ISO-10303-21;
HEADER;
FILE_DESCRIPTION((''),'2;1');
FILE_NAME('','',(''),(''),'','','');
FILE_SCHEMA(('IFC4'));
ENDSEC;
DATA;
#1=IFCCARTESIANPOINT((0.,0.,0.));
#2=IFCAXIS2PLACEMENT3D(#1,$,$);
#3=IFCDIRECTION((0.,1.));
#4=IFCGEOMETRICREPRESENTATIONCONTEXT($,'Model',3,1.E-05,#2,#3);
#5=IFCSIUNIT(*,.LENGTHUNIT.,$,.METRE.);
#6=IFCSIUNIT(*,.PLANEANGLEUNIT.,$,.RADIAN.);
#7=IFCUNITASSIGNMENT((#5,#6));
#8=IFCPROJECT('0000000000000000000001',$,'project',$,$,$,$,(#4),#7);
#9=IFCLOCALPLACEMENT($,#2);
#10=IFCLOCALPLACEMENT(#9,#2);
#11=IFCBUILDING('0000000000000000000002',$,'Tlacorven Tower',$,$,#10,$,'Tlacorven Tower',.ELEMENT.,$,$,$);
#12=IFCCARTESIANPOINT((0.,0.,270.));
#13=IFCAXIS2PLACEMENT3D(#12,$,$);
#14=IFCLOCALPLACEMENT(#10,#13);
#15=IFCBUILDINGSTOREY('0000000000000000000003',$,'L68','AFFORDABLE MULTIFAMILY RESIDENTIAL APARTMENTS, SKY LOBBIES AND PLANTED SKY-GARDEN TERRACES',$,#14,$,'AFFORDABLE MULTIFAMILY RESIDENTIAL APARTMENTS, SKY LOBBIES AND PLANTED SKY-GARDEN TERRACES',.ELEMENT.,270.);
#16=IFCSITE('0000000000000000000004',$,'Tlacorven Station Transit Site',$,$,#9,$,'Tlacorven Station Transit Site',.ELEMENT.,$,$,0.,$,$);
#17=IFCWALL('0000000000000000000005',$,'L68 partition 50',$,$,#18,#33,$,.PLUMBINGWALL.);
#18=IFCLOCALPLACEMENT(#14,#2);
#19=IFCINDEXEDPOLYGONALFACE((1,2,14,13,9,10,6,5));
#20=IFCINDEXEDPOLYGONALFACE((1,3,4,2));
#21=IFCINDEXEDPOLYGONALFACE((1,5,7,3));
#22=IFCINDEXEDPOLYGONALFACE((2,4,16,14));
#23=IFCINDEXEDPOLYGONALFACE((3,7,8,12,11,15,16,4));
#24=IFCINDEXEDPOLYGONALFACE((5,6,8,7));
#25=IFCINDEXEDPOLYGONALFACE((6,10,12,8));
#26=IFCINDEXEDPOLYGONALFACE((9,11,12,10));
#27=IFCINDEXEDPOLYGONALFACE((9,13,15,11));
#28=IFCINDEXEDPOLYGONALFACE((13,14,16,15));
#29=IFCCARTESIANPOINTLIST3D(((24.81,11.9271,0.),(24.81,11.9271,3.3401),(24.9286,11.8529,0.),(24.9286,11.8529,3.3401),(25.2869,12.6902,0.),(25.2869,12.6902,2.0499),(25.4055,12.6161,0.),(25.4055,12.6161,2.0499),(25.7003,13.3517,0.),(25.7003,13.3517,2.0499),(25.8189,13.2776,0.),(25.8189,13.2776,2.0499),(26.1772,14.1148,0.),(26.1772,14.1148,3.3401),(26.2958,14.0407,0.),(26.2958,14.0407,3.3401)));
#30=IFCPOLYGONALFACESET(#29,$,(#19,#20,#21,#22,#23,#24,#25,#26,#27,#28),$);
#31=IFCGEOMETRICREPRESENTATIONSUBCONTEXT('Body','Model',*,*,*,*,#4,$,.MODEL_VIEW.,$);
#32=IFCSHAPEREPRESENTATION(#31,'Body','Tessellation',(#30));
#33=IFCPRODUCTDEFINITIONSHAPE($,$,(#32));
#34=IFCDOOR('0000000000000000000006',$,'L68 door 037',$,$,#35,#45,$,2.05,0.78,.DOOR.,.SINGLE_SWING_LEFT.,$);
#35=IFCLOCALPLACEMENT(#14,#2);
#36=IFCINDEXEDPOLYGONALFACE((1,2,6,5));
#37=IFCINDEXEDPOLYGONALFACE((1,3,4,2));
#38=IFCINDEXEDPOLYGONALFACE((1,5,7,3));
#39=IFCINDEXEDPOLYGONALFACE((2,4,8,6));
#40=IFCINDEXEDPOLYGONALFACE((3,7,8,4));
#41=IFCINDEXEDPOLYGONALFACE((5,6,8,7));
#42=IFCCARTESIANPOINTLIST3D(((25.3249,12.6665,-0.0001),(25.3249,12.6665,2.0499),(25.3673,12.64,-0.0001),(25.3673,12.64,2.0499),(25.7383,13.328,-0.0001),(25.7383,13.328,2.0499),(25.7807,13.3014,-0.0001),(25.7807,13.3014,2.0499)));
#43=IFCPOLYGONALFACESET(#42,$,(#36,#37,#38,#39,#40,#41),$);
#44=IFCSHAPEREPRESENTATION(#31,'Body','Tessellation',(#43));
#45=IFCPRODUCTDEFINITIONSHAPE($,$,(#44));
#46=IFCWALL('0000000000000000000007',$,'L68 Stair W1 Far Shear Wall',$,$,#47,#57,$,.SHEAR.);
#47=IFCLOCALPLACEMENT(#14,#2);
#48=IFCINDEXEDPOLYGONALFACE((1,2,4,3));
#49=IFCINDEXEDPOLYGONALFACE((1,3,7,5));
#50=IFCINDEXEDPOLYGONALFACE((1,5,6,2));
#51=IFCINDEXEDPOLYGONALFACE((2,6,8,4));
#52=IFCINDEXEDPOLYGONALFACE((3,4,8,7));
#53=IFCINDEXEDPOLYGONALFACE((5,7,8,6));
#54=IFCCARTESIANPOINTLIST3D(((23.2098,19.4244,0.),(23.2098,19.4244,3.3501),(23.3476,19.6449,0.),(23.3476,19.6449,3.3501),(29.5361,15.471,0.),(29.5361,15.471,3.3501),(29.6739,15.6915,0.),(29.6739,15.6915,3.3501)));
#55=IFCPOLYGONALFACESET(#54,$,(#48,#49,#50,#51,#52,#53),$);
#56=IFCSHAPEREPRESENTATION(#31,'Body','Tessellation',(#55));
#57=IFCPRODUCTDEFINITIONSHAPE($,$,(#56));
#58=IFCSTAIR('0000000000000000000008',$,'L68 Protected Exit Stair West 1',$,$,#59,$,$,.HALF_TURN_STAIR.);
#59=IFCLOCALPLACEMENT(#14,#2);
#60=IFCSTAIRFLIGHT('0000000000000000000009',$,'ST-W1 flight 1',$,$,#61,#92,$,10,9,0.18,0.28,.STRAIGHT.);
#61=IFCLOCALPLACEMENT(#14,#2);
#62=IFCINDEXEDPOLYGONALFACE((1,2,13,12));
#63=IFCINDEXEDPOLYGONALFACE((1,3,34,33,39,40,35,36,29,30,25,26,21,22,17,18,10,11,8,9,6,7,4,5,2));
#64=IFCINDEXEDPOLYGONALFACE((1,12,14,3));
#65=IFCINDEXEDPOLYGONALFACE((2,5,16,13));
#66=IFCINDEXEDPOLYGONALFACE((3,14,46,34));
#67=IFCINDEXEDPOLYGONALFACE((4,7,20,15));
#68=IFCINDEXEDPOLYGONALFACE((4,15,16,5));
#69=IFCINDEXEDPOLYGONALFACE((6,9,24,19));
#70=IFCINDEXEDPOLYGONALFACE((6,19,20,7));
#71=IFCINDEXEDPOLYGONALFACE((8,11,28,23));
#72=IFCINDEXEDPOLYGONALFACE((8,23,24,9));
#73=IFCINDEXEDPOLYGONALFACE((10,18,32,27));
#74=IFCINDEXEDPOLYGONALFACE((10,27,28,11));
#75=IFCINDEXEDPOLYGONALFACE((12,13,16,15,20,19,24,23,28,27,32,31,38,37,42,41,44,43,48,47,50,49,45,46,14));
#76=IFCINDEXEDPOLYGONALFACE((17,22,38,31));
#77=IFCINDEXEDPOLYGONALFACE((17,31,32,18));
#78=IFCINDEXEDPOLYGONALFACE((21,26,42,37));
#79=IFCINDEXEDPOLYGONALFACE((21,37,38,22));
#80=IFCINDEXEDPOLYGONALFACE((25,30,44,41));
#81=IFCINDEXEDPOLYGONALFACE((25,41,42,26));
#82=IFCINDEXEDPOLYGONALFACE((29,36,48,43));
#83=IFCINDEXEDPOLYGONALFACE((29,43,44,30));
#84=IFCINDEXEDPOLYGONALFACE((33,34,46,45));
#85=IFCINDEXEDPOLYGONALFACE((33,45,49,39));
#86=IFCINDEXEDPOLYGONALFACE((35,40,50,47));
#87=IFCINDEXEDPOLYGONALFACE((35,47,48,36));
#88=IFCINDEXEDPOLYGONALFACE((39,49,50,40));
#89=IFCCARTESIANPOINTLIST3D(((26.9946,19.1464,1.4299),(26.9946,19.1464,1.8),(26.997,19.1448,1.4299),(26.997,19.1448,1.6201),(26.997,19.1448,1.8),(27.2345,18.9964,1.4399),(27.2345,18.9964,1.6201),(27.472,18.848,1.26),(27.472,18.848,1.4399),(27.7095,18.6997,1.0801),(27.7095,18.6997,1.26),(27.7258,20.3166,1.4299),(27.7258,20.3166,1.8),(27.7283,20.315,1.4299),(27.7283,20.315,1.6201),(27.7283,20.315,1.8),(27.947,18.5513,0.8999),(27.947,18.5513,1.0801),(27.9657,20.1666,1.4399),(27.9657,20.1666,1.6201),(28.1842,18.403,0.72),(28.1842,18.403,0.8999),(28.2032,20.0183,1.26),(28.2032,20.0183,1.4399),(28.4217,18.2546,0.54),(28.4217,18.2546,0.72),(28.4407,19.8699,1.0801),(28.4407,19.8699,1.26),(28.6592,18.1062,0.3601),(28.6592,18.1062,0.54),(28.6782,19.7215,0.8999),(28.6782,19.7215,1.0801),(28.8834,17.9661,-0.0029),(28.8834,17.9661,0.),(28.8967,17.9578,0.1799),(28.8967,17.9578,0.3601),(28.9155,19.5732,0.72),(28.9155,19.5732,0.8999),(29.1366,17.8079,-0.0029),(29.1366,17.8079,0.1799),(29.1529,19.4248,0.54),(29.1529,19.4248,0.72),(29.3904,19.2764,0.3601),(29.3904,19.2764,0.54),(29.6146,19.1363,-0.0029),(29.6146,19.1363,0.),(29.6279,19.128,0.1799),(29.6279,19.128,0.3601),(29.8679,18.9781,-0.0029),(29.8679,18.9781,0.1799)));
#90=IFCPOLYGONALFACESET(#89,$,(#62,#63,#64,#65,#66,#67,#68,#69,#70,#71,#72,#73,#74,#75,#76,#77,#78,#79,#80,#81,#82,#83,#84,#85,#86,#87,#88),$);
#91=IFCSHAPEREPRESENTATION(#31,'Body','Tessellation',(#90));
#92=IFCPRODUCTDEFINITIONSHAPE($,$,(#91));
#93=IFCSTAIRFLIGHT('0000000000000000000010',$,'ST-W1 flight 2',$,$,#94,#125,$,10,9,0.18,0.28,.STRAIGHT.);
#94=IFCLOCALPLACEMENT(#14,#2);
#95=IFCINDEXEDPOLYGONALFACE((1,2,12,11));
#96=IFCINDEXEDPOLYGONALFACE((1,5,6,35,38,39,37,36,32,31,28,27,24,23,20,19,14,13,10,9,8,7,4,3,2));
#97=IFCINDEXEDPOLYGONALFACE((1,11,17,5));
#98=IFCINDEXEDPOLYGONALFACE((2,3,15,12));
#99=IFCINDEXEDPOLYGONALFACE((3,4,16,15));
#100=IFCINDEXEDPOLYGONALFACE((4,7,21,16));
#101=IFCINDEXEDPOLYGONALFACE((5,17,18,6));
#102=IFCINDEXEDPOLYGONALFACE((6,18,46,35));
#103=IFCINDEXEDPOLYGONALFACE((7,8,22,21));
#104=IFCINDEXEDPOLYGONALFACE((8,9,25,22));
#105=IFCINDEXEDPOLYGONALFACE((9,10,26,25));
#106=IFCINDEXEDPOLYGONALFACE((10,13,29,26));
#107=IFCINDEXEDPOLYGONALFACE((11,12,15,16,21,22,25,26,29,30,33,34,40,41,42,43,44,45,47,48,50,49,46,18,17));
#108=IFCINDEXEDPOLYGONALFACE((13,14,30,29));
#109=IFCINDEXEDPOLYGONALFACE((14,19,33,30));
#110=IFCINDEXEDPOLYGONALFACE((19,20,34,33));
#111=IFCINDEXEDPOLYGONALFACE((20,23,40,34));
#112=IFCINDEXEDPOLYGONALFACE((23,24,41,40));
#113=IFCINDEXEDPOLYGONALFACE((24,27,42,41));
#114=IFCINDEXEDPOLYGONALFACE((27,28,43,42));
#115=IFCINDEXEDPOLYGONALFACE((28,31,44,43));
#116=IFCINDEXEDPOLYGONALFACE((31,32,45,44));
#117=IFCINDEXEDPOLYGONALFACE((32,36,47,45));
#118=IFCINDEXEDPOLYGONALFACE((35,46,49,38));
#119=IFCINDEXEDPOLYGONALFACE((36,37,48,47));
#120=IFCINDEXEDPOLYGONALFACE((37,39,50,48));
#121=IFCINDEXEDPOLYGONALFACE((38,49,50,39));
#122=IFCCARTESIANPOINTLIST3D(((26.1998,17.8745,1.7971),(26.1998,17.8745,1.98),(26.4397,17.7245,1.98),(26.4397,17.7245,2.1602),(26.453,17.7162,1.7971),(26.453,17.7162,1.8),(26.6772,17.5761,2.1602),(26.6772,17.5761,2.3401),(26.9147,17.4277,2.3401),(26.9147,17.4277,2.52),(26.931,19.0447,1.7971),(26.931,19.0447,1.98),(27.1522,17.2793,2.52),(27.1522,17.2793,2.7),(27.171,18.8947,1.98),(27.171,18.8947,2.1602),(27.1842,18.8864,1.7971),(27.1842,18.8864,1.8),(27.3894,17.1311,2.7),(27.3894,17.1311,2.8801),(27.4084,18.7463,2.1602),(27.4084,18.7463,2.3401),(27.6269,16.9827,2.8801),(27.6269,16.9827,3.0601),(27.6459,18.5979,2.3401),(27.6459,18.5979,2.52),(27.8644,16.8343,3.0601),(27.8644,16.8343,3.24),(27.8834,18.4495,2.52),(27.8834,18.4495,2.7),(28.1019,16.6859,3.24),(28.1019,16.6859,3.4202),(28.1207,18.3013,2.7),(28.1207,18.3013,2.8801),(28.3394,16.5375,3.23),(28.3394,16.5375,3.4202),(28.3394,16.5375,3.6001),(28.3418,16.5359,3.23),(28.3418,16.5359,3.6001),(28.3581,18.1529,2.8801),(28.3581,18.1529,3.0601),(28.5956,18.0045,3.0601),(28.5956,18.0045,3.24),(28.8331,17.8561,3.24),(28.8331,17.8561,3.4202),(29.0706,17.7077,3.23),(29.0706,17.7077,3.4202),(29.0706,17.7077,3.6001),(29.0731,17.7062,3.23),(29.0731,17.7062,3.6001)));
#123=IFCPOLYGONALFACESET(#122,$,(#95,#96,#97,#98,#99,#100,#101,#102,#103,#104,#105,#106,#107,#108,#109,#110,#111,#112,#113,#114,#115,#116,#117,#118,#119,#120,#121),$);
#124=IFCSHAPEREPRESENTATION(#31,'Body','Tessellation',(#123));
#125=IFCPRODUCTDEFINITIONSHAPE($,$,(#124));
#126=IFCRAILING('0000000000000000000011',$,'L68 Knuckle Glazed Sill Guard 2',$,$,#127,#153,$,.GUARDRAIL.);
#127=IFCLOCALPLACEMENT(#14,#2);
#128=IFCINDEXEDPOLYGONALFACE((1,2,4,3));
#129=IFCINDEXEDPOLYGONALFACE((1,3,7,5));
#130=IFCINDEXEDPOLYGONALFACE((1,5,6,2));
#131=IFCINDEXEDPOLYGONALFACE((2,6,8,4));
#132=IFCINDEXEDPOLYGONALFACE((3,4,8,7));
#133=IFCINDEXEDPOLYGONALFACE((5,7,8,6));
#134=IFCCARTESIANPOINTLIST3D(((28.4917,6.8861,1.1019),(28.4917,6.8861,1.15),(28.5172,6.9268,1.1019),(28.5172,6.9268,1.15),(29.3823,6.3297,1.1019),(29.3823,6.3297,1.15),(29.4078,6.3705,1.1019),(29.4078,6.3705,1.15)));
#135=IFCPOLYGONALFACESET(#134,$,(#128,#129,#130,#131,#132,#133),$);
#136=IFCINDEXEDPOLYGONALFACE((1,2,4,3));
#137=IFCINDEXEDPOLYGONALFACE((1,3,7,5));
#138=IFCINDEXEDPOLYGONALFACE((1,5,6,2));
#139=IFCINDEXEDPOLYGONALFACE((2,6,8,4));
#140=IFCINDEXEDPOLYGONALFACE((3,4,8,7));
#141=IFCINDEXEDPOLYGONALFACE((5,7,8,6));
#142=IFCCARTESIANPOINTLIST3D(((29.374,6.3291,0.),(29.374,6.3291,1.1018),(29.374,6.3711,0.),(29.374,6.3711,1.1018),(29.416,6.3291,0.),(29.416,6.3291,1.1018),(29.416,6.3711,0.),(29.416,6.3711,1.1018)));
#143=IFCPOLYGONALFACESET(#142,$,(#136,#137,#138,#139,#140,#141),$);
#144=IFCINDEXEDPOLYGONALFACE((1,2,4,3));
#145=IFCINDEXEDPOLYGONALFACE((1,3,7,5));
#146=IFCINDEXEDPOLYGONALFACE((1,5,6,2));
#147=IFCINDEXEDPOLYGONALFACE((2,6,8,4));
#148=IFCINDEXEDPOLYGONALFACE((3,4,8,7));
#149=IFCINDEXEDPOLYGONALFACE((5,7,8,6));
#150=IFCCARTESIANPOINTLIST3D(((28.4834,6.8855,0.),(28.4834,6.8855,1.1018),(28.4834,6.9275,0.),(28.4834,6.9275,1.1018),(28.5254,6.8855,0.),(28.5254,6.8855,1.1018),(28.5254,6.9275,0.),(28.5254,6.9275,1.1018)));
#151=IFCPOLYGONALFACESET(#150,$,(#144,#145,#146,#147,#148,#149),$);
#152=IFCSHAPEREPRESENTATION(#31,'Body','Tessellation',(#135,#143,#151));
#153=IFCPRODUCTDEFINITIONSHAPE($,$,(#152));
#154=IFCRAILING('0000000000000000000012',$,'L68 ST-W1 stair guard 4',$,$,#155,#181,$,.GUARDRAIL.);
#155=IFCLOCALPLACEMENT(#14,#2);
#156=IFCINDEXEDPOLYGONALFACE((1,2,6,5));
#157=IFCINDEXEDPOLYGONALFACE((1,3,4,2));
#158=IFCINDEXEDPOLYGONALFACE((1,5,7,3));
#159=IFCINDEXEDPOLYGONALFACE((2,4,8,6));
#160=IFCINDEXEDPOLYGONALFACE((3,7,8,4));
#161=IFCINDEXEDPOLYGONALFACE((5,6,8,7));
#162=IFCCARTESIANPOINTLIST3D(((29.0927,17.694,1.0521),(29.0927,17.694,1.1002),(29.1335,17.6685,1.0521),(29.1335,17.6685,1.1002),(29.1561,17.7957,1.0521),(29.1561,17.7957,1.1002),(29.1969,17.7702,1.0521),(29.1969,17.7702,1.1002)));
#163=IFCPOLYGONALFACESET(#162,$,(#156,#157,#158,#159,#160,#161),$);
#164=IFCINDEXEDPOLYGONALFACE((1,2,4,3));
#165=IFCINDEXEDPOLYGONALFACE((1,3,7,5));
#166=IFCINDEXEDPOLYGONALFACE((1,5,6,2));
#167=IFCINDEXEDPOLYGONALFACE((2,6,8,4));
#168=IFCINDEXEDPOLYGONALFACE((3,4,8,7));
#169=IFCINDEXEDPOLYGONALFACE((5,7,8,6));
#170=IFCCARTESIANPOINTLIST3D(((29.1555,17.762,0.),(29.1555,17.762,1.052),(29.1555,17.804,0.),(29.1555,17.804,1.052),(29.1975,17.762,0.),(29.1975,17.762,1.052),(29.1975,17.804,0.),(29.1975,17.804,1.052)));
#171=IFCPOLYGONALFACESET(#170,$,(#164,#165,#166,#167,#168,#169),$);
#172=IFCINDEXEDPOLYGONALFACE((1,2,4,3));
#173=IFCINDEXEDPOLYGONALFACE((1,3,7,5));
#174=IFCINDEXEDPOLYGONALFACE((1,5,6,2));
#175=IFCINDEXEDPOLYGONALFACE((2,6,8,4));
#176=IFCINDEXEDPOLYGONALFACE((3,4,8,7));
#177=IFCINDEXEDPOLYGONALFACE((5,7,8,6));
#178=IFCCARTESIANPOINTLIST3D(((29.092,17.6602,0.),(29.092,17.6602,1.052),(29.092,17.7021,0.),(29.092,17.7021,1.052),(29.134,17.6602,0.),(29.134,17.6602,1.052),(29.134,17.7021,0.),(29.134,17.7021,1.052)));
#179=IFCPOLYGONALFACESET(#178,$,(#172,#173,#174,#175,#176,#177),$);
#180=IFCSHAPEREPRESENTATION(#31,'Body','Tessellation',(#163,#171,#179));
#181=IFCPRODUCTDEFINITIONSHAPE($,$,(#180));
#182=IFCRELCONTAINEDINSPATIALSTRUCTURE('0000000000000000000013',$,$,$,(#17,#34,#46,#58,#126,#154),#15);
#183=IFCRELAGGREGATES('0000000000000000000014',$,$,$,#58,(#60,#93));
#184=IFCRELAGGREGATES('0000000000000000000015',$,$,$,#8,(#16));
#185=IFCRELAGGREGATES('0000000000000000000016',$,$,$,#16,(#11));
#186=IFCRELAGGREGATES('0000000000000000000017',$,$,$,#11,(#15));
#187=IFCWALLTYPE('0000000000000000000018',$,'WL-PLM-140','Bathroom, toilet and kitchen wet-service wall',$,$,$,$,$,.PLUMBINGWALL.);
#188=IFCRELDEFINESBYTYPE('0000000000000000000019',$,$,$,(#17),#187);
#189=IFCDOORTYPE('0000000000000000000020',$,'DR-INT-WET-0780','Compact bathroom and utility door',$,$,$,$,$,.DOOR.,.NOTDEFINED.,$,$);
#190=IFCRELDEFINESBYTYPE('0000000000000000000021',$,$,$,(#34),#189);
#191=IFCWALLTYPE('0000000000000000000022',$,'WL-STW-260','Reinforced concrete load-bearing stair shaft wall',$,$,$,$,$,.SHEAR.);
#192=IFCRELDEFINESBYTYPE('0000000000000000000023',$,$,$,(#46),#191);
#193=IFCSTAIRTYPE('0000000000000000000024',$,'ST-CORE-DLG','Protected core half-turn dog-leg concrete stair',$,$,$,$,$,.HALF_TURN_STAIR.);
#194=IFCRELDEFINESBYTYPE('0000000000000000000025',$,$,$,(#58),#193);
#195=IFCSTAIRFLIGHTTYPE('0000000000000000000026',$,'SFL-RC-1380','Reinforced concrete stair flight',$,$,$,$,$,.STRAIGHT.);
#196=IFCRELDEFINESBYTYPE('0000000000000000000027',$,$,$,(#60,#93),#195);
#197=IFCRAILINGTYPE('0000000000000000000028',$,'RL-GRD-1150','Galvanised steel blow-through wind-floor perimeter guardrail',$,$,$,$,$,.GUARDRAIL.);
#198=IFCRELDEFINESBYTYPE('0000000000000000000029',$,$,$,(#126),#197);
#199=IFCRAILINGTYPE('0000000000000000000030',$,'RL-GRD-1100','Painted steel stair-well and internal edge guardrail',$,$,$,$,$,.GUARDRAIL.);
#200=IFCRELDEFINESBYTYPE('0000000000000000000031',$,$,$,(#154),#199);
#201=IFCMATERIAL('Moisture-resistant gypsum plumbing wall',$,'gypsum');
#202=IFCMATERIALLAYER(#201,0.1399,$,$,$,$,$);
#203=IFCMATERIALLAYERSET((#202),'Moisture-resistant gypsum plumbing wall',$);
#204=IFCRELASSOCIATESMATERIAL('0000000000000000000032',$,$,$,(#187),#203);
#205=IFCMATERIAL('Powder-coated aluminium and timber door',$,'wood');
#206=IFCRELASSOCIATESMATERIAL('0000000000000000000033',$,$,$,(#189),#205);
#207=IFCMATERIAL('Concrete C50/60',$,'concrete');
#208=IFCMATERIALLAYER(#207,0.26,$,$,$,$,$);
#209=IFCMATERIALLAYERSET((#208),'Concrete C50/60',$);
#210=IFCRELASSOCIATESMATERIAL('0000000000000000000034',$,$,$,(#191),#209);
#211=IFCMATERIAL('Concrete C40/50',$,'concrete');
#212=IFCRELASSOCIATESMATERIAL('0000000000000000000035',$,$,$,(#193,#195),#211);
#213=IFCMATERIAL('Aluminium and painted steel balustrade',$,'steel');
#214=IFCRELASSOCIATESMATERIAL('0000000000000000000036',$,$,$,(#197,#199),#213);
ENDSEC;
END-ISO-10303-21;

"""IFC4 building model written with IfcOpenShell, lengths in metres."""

from ifc_helpers import new_model, si_unit, direction, frame, frame_2d, origin, origin_2d, place, context, subcontext, project, spatial, polyline, rectangle, outline, extrude, source, transform, mapped, material, layer, layer_set, type_object, element, fill, aggregate, save


model = new_model("IFC4")

# Units and contexts
model_context = context("Model", 3, precision=1e-05, world=origin(), true_north=direction((0.0, 1.0)))
body_context = subcontext(model_context, "Body", "Model", "MODEL_VIEW")
ifc_project = project(units=[si_unit("LENGTHUNIT", "METRE"), si_unit("PLANEANGLEUNIT", "RADIAN")], contexts=[model_context])

# Site, building, storey
site_placement = place(None, origin())
site = spatial("IfcSite", under=ifc_project, at=site_placement, Name="Tlacorven Station Transit Site", LongName="Tlacorven Station Transit Site", CompositionType="ELEMENT", RefElevation=0.0)
building_placement = place(site_placement, origin())
building = spatial("IfcBuilding", under=site, at=building_placement, Name="Tlacorven Tower", LongName="Tlacorven Tower", CompositionType="ELEMENT")
storey_placement = place(building_placement, frame((0.0, 0.0, 270.0)))
storey = spatial("IfcBuildingStorey", under=building, at=storey_placement, Name="L68", Description="AFFORDABLE MULTIFAMILY RESIDENTIAL APARTMENTS, SKY LOBBIES AND PLANTED SKY-GARDEN TERRACES", LongName="AFFORDABLE MULTIFAMILY RESIDENTIAL APARTMENTS, SKY LOBBIES AND PLANTED SKY-GARDEN TERRACES", CompositionType="ELEMENT", Elevation=270.0)

# Shared definitions
ifc_material_1 = material(Name="Powder-coated aluminium and timber door", Category="wood")

# Wall, opening, door
ifc_material_2 = material(Name="Moisture-resistant gypsum plumbing wall", Category="gypsum")
ifc_layer_1 = layer(ifc_material_2, 0.1399)
ifc_layer_set_1 = layer_set([ifc_layer_1], Name="Moisture-resistant gypsum plumbing wall")
wall_type_1 = type_object("IfcWallType", Name="WL-PLM-140", Description="Bathroom, toilet and kitchen wet-service wall", PredefinedType="PLUMBINGWALL", material=ifc_layer_set_1)
wall_1_placement = place(storey_placement, frame((26.2366, 14.0779, 0.0), z_axis=(0.0, 0.0, 1.0), x_axis=(-0.529956, -0.848025, 0.0)))
wall_1 = element("IfcWall", 1, at=wall_1_placement, inside=storey, type_object=wall_type_1, Name="L68 partition 50", PredefinedType="PLUMBINGWALL", context=body_context, shape_type="SweptSolid", body=[
    extrude(rectangle(XDim=2.5798, YDim=0.1399, at=frame_2d((1.29, 0.0))), origin(), (0.0, 0.0, 1.0), 3.3401),
])
opening_1_placement = place(wall_1_placement, frame((0.8999, 0.0, 0.0)))
opening_1 = element("IfcOpeningElement", 2, at=opening_1_placement, cuts=wall_1, PredefinedType="OPENING", context=body_context, shape_type="SweptSolid", body=[
    extrude(rectangle(XDim=0.78, YDim=2.05, at=frame_2d((0.3901, 1.0249))), frame((0.0, 0.0801, 0.0), z_axis=(0.0, -1.0, 0.0), x_axis=(1.0, 0.0, 0.0)), (0.0, 0.0, 1.0), 0.1599),
])
door_type_1 = type_object("IfcDoorType", Name="DR-INT-WET-0780", Description="Compact bathroom and utility door", OperationType="NOTDEFINED", PredefinedType="DOOR", material=ifc_material_1)
shared_shape_1 = source(origin(), body_context, "Body", "SweptSolid", [
    extrude(rectangle(XDim=0.78, YDim=2.05, at=frame_2d((0.3901, 1.0249))), frame((0.0, 0.0249, 0.0), z_axis=(0.0, -1.0, 0.0), x_axis=(1.0, 0.0, 0.0)), (0.0, 0.0, 1.0), 0.05),
])
door_1_placement = place(opening_1_placement, origin())
door_1 = element("IfcDoor", 3, at=door_1_placement, inside=storey, type_object=door_type_1, Name="L68 door 037", OperationType="SINGLE_SWING_LEFT", OverallHeight=2.05, OverallWidth=0.78, PredefinedType="DOOR", context=body_context, shape_type="MappedRepresentation", body=[
    mapped(shared_shape_1, transform((0.0, 0.0, 0.0), scale=1.0)),
])
fill(opening_1, door_1)

# Wall
ifc_material_3 = material(Name="Concrete C50/60", Category="concrete")
ifc_layer_2 = layer(ifc_material_3, 0.26)
ifc_layer_set_2 = layer_set([ifc_layer_2], Name="Concrete C50/60")
wall_type_2 = type_object("IfcWallType", Name="WL-STW-260", Description="Reinforced concrete load-bearing stair shaft wall", PredefinedType="SHEAR", material=ifc_layer_set_2)
wall_2_placement = place(storey_placement, frame((29.605, 15.5813, 0.0), z_axis=(0.0, 0.0, 1.0), x_axis=(-0.848037, 0.529937, 0.0)))
element("IfcWall", 4, at=wall_2_placement, inside=storey, type_object=wall_type_2, Name="L68 Stair W1 Far Shear Wall", PredefinedType="SHEAR", context=body_context, shape_type="SweptSolid", body=[
    extrude(rectangle(XDim=7.46, YDim=0.26, at=frame_2d((3.73, 0.0))), origin(), (0.0, 0.0, 1.0), 3.3501),
])

# Stair, stair flights
ifc_material_4 = material(Name="Concrete C40/50", Category="concrete")
stair_type = type_object("IfcStairType", Name="ST-CORE-DLG", Description="Protected core half-turn dog-leg concrete stair", PredefinedType="HALF_TURN_STAIR", material=ifc_material_4)
stair_placement = place(storey_placement, origin())
stair = element("IfcStair", 5, at=stair_placement, inside=storey, type_object=stair_type, Name="L68 Protected Exit Stair West 1", PredefinedType="HALF_TURN_STAIR")
stair_flight_type = type_object("IfcStairFlightType", Name="SFL-RC-1380", Description="Reinforced concrete stair flight", PredefinedType="STRAIGHT", material=ifc_material_4)
shared_shape_2 = source(origin(), body_context, "Body", "SweptSolid", [
    extrude(outline(polyline([(-0.0029, -0.0029), (-0.0029, 0.1799), (0.28, 0.1799), (0.28, 0.3601), (0.5601, 0.3601), (0.5601, 0.54), (0.8401, 0.54), (0.8401, 0.72), (1.1201, 0.72), (1.1201, 0.8999), (1.3999, 0.8999), (1.3999, 1.0801), (1.6799, 1.0801), (1.6799, 1.26), (1.96, 1.26), (1.96, 1.4399), (2.24, 1.4399), (2.24, 1.6201), (2.52, 1.6201), (2.52, 1.8), (2.5229, 1.8), (2.5229, 1.4299), (2.52, 1.4299), (0.2957, 0.0), (0.2957, -0.0029), (-0.0029, -0.0029)])), frame((0.0, 0.6899, 0.0), z_axis=(0.0, -1.0, 0.0), x_axis=(1.0, 0.0, 0.0)), (0.0, 0.0, 1.0), 1.3799),
])
stair_flight_1_placement = place(storey_placement, frame((29.4998, 18.3945, 0.0), z_axis=(0.0, 0.0, 1.0), x_axis=(-0.848048, 0.529919, 0.0)))
stair_flight_1 = element("IfcStairFlight", 6, at=stair_flight_1_placement, type_object=stair_flight_type, Name="ST-W1 flight 1", NumberOfRisers=10, NumberOfTreads=9, PredefinedType="STRAIGHT", RiserHeight=0.18, TreadLength=0.28, context=body_context, shape_type="MappedRepresentation", body=[
    mapped(shared_shape_2, transform((0.0, 0.0, 0.0), scale=1.0)),
])
stair_flight_2_placement = place(storey_placement, frame((26.5679, 18.458, 1.8), z_axis=(0.0, 0.0, 1.0), x_axis=(0.848048, -0.529919, 0.0)))
stair_flight_2 = element("IfcStairFlight", 7, at=stair_flight_2_placement, type_object=stair_flight_type, Name="ST-W1 flight 2", NumberOfRisers=10, NumberOfTreads=9, PredefinedType="STRAIGHT", RiserHeight=0.18, TreadLength=0.28, context=body_context, shape_type="MappedRepresentation", body=[
    mapped(shared_shape_2, transform((0.0, 0.0, 0.0), scale=1.0)),
])
aggregate(stair, [stair_flight_1, stair_flight_2])

# Railings
ifc_material_5 = material(Name="Aluminium and painted steel balustrade", Category="steel")
railing_type_1 = type_object("IfcRailingType", Name="RL-GRD-1150", Description="Galvanised steel blow-through wind-floor perimeter guardrail", PredefinedType="GUARDRAIL", material=ifc_material_5)
shared_shape_3 = source(origin(), body_context, "Body", "SweptSolid", [
    extrude(rectangle(XDim=0.0481, YDim=0.0481, at=origin_2d()), frame((0.0, 0.0, 1.126), z_axis=(-0.848103, 0.529832, 0.0), x_axis=(-0.529832, -0.848103, 0.0)), (0.0, 0.0, 1.0), 1.05),
    extrude(rectangle(XDim=0.042, YDim=0.042, at=origin_2d()), origin(), (0.0, 0.0, 1.0), 1.1018),
    extrude(rectangle(XDim=0.042, YDim=0.042, at=origin_2d()), frame((-0.8906, 0.5564, 0.0)), (0.0, 0.0, 1.0), 1.1018),
])
railing_1_placement = place(storey_placement, frame((29.395, 6.3501, 0.0)))
element("IfcRailing", 8, at=railing_1_placement, inside=storey, type_object=railing_type_1, Name="L68 Knuckle Glazed Sill Guard 2", PredefinedType="GUARDRAIL", context=body_context, shape_type="MappedRepresentation", body=[
    mapped(shared_shape_3, transform((0.0, 0.0, 0.0), scale=1.0)),
])
railing_type_2 = type_object("IfcRailingType", Name="RL-GRD-1100", Description="Painted steel stair-well and internal edge guardrail", PredefinedType="GUARDRAIL", material=ifc_material_5)
shared_shape_4 = source(origin(), body_context, "Body", "SweptSolid", [
    extrude(rectangle(XDim=0.0481, YDim=0.0481, at=origin_2d()), frame((0.0, 0.0, 1.0762), z_axis=(-0.529084, -0.848569, 0.0), x_axis=(0.848569, -0.529084, 0.0)), (0.0, 0.0, 1.0), 0.1199),
    extrude(rectangle(XDim=0.042, YDim=0.042, at=origin_2d()), origin(), (0.0, 0.0, 1.0), 1.052),
    extrude(rectangle(XDim=0.042, YDim=0.042, at=origin_2d()), frame((-0.0635, -0.1018, 0.0)), (0.0, 0.0, 1.0), 1.052),
])
railing_2_placement = place(storey_placement, frame((29.1765, 17.783, 0.0)))
element("IfcRailing", 9, at=railing_2_placement, inside=storey, type_object=railing_type_2, Name="L68 ST-W1 stair guard 4", PredefinedType="GUARDRAIL", context=body_context, shape_type="MappedRepresentation", body=[
    mapped(shared_shape_4, transform((0.0, 0.0, 0.0), scale=1.0)),
])

save(model, "model.ifc")
